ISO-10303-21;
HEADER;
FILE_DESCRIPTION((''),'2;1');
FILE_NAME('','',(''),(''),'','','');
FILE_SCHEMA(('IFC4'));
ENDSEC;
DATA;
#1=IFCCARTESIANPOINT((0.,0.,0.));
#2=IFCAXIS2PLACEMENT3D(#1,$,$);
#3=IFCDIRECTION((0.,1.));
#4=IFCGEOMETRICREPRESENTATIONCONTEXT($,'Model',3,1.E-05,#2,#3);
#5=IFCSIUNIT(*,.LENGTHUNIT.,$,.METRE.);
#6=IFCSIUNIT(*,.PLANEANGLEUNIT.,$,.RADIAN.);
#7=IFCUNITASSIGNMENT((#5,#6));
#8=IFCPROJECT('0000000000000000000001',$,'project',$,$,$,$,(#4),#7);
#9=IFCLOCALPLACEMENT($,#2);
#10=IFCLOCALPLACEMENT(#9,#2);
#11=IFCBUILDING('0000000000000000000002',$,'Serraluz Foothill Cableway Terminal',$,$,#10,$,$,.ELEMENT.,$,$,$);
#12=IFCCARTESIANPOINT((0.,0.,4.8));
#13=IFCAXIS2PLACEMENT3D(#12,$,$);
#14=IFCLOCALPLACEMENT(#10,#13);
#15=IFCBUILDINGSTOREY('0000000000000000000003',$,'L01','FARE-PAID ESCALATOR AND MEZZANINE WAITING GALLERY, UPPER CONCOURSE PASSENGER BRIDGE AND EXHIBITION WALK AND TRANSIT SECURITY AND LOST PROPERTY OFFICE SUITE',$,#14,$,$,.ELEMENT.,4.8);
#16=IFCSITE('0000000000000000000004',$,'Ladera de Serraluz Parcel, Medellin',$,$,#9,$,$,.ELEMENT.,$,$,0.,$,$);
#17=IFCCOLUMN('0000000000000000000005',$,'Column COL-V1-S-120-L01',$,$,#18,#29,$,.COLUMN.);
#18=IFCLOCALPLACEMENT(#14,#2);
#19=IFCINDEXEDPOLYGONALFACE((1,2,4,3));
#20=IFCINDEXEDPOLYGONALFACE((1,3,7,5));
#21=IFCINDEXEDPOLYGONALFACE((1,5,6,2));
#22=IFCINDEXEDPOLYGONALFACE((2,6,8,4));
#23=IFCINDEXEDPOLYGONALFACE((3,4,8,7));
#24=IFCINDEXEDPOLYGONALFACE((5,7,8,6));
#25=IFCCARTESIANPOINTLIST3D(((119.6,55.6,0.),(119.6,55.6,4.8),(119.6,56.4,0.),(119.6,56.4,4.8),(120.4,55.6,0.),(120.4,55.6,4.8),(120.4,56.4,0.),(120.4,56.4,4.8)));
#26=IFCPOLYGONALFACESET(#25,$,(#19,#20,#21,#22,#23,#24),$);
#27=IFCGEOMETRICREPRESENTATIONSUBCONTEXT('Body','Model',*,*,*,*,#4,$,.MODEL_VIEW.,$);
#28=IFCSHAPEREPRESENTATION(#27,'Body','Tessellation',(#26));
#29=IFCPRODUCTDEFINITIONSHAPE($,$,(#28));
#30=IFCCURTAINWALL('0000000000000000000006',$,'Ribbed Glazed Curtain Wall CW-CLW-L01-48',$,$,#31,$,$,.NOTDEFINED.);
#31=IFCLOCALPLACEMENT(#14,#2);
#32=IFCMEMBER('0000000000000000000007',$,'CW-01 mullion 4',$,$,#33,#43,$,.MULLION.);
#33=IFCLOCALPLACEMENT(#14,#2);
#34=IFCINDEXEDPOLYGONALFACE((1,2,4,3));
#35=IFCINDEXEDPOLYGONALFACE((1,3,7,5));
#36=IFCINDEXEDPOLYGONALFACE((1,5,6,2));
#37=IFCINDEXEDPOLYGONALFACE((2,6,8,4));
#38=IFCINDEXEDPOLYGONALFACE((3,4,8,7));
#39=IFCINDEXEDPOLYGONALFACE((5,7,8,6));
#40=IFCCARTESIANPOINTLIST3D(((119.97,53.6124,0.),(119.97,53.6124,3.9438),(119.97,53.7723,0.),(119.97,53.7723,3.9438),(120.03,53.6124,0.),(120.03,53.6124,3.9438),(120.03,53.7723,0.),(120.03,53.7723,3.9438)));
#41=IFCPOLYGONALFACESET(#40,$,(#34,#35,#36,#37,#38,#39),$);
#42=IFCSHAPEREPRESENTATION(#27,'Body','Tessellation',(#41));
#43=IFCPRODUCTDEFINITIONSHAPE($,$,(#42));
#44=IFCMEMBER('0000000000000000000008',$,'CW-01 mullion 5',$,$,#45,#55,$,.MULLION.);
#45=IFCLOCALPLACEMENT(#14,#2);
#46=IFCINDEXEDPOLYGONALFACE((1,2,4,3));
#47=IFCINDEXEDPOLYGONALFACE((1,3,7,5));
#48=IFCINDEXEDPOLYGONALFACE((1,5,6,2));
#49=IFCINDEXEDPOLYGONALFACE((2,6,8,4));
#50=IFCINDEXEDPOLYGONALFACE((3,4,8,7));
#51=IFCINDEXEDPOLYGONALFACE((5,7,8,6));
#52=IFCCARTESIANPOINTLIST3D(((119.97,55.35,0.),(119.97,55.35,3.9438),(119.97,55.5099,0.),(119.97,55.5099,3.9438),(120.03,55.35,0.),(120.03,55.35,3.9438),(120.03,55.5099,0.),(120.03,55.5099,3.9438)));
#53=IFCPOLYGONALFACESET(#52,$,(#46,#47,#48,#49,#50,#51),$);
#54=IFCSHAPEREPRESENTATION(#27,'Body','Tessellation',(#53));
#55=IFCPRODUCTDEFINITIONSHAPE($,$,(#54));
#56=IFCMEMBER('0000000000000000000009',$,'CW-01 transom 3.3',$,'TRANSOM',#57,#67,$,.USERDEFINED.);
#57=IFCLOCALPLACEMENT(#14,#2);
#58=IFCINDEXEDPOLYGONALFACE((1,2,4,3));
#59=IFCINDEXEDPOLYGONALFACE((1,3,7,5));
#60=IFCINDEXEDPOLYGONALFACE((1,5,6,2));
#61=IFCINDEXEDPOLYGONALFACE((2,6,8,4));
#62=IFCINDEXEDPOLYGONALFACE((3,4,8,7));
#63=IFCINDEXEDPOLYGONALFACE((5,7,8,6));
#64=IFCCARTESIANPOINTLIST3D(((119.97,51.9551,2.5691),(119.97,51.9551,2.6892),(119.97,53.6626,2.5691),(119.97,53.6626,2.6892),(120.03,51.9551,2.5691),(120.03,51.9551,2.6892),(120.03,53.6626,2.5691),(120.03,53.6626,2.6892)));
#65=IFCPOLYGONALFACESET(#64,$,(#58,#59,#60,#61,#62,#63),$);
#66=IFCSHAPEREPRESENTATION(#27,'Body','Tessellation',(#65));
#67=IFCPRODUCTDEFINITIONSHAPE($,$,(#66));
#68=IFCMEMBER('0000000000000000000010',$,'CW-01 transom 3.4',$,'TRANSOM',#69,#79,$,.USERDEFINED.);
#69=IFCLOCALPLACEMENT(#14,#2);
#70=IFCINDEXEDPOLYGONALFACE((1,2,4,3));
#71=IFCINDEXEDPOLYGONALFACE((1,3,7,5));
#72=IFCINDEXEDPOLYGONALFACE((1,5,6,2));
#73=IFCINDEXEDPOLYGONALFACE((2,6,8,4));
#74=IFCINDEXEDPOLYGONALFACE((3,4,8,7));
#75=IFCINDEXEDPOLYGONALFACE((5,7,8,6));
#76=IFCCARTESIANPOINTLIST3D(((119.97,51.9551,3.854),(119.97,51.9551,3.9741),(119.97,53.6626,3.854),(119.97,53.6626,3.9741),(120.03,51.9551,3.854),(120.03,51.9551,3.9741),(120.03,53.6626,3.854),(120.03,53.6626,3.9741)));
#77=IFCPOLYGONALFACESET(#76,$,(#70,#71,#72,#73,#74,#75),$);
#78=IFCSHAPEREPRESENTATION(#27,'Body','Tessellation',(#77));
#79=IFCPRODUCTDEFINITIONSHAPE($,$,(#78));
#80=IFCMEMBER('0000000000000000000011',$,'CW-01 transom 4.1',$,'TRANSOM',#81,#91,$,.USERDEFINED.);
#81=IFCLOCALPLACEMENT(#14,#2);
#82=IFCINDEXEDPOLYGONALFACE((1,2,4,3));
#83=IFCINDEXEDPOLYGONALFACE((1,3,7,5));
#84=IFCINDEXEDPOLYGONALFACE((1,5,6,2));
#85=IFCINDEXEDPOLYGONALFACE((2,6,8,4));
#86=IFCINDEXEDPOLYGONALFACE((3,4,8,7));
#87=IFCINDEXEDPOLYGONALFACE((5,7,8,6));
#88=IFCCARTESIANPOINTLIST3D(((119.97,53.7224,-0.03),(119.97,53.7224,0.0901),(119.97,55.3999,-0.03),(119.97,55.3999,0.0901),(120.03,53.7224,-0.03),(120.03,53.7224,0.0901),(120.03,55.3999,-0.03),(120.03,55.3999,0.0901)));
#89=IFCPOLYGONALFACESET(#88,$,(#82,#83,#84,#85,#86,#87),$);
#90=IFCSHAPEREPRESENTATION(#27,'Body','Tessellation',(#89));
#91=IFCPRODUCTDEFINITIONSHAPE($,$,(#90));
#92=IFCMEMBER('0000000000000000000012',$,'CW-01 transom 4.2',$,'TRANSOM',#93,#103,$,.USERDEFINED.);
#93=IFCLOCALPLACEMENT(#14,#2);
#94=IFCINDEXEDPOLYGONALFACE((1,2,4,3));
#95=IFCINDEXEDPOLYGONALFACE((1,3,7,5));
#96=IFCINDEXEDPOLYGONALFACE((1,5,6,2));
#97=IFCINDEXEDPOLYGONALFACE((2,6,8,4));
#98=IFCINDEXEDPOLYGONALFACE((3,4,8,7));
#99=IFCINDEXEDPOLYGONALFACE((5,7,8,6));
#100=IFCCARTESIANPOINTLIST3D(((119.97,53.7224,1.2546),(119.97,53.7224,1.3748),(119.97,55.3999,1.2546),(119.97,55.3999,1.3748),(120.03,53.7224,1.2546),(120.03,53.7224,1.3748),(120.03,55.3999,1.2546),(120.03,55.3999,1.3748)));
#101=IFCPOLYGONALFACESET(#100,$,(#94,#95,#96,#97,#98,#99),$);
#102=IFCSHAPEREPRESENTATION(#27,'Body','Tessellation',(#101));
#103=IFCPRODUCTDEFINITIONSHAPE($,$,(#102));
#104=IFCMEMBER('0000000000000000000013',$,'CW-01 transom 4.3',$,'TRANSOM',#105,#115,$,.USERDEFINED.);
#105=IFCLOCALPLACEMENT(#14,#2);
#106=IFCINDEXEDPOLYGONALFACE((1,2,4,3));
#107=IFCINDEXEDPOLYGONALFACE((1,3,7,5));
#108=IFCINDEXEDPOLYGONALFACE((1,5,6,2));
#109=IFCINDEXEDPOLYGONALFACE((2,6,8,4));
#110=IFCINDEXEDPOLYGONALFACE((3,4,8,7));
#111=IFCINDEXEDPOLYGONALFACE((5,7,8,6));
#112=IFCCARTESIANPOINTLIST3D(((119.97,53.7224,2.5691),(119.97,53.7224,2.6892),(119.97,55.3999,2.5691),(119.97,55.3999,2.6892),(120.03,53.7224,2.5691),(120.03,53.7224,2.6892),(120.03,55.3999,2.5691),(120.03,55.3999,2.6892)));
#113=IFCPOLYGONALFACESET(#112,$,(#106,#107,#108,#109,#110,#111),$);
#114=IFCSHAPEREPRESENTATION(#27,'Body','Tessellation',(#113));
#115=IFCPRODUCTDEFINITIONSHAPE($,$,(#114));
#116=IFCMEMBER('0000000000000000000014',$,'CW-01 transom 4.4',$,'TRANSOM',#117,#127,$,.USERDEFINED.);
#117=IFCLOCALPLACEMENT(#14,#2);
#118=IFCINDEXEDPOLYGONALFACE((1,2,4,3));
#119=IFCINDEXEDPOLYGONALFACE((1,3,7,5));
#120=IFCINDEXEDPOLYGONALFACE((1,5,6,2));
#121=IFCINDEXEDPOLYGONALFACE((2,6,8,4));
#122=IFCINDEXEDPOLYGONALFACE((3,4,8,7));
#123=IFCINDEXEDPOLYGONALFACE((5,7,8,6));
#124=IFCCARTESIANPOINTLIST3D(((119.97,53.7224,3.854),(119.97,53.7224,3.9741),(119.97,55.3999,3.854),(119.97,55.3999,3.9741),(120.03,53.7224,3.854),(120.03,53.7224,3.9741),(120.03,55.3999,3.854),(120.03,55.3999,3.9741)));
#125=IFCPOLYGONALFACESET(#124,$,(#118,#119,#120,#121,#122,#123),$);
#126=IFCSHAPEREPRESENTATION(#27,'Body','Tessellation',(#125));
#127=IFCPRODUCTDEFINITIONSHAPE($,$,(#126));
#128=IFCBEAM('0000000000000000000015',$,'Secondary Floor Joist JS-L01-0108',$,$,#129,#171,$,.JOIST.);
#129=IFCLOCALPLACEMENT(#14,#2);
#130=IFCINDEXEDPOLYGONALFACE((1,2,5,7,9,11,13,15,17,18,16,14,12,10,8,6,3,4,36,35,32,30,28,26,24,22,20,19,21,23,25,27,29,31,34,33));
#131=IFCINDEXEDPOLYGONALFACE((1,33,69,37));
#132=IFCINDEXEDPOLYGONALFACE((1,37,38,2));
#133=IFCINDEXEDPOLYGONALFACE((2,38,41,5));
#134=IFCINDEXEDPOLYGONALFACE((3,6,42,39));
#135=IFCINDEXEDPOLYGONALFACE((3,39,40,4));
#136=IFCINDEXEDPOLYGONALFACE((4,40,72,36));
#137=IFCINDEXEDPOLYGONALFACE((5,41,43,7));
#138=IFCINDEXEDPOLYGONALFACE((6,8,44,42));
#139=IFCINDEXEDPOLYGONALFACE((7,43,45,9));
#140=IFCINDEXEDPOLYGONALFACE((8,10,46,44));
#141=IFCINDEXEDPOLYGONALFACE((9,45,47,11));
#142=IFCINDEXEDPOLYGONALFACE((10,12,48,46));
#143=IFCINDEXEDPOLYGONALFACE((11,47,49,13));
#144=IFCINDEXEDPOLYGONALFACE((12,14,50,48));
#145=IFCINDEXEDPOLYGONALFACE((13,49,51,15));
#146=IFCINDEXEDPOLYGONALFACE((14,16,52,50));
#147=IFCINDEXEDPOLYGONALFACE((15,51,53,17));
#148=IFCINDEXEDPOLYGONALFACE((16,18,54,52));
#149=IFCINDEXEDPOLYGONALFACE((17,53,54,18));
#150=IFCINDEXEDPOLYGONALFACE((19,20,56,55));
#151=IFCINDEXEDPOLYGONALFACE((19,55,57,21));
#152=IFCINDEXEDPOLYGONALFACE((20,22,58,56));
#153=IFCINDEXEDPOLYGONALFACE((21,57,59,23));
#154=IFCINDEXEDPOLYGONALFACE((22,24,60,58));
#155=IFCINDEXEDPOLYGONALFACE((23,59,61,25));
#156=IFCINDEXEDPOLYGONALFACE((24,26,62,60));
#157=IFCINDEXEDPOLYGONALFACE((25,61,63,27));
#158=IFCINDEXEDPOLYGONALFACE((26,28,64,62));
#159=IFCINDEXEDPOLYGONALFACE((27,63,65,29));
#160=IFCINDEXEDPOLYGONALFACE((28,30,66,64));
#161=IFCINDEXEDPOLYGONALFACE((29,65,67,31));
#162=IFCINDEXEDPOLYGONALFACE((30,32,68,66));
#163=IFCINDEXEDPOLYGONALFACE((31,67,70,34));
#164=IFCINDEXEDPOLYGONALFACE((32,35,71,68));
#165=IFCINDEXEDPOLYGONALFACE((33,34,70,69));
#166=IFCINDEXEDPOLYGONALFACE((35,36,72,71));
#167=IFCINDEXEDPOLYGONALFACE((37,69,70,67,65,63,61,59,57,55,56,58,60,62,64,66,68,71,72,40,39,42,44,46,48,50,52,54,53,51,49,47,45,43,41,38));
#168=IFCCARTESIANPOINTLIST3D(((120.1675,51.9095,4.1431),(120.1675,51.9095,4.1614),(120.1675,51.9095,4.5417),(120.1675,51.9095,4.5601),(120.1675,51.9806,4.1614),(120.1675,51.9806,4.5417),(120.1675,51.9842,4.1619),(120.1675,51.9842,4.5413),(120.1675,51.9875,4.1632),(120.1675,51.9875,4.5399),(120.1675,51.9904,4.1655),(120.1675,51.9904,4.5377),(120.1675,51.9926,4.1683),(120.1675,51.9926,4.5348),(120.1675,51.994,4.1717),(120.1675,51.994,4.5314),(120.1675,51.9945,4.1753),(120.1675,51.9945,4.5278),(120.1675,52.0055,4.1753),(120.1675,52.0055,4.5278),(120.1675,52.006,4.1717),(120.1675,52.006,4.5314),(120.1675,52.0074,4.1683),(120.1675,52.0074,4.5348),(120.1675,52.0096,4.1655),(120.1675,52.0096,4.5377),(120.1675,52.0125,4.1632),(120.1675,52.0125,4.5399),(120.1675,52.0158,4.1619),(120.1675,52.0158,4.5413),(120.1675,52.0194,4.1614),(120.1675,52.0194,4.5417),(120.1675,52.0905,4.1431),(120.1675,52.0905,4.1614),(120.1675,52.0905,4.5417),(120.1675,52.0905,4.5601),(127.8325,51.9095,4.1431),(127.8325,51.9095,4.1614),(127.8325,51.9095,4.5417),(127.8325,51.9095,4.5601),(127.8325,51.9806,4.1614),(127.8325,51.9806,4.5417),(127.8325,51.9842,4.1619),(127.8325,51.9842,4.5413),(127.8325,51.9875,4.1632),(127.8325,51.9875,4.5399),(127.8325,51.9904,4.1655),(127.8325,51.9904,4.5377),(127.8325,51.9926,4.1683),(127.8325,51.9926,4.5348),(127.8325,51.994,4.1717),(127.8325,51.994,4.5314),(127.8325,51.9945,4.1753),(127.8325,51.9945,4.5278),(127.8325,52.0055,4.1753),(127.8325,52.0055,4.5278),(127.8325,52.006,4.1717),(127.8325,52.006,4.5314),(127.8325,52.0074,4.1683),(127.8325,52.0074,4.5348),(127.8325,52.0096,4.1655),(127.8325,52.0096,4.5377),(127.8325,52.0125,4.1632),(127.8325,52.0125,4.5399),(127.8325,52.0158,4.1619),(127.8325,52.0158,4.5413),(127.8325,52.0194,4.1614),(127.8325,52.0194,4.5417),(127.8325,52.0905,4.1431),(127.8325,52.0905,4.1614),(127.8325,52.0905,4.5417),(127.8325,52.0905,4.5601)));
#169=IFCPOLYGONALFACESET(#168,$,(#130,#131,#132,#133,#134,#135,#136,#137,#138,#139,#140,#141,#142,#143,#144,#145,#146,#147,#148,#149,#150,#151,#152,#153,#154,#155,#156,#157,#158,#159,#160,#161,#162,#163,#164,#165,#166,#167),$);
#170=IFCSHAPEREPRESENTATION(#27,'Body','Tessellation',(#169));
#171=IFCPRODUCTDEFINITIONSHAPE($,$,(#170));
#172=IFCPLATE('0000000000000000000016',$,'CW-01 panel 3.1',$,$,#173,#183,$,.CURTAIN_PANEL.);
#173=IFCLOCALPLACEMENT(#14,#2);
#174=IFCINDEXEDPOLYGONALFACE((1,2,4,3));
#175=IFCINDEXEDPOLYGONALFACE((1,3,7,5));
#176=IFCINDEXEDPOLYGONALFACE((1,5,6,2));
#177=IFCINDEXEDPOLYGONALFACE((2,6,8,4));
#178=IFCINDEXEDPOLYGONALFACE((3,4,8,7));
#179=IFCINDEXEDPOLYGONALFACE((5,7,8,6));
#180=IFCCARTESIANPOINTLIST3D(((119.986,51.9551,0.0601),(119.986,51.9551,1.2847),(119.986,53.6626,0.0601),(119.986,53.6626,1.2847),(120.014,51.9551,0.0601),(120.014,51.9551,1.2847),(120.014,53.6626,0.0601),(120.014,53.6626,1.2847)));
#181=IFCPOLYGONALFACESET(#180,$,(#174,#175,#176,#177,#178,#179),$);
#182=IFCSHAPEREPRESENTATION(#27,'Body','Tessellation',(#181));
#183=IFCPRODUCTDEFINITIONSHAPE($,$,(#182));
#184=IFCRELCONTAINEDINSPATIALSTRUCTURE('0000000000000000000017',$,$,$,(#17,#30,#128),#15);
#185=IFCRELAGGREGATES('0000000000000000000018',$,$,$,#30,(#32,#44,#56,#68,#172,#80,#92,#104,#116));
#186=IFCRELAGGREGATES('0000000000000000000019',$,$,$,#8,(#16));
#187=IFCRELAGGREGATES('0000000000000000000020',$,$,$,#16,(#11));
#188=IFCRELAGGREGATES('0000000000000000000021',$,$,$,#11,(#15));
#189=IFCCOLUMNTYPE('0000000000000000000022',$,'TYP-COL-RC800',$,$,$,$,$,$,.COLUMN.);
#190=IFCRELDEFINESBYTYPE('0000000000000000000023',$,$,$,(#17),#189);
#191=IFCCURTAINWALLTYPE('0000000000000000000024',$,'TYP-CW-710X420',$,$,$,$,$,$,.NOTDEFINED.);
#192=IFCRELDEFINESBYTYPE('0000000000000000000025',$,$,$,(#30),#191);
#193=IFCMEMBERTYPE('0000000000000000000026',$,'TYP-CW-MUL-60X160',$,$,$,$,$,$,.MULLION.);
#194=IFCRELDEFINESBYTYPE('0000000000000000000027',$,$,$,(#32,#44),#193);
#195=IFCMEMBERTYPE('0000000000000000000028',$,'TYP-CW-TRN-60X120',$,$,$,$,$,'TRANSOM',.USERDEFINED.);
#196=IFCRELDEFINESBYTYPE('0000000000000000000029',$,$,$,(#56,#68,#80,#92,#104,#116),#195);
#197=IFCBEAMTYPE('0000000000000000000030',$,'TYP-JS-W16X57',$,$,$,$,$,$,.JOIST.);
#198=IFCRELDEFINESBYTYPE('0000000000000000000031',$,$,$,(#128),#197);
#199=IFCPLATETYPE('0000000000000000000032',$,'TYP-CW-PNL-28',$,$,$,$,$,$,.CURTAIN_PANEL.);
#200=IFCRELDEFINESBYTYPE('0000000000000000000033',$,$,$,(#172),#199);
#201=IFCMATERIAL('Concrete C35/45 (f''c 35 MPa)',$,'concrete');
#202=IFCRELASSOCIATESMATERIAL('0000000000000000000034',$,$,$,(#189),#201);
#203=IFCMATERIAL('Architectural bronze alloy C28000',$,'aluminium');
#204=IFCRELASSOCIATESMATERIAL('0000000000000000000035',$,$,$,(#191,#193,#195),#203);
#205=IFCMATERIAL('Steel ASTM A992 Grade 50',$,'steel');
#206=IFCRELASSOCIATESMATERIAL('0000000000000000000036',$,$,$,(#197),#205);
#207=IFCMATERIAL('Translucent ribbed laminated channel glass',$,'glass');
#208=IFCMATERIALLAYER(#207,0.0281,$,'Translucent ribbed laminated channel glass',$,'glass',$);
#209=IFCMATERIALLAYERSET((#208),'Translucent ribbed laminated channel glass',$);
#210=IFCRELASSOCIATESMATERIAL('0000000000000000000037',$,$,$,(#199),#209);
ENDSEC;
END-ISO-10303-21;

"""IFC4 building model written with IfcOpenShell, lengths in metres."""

from ifc_helpers import new_model, si_unit, direction, frame, origin, origin_2d, place, context, subcontext, project, spatial, rectangle, i_section, extrude, material, layer, layer_set, material_profile, profile_set, type_object, element, aggregate, save


model = new_model("IFC4")

# Units and contexts
model_context = context("Model", 3, precision=1e-05, world=origin(), true_north=direction((0.0, 1.0)))
body_context = subcontext(model_context, "Body", "Model", "MODEL_VIEW")
ifc_project = project(units=[si_unit("LENGTHUNIT", "METRE"), si_unit("PLANEANGLEUNIT", "RADIAN")], contexts=[model_context])

# Site, building, storey
site_placement = place(None, origin())
site = spatial("IfcSite", under=ifc_project, at=site_placement, Name="Ladera de Serraluz Parcel, Medellin", CompositionType="ELEMENT", RefElevation=0.0)
building_placement = place(site_placement, origin())
building = spatial("IfcBuilding", under=site, at=building_placement, Name="Serraluz Foothill Cableway Terminal", CompositionType="ELEMENT")
storey_placement = place(building_placement, frame((0.0, 0.0, 4.8)))
storey = spatial("IfcBuildingStorey", under=building, at=storey_placement, Name="L01", Description="FARE-PAID ESCALATOR AND MEZZANINE WAITING GALLERY, UPPER CONCOURSE PASSENGER BRIDGE AND EXHIBITION WALK AND TRANSIT SECURITY AND LOST PROPERTY OFFICE SUITE", CompositionType="ELEMENT", Elevation=4.8)

# Column
ifc_material_1 = material(Name="Concrete C35/45 (f'c 35 MPa)", Category="concrete")
ifc_material_profile_1 = material_profile(ifc_material_1, rectangle(XDim=0.8, YDim=0.8, at=origin_2d()), Name="RC 800x800")
ifc_profile_set_1 = profile_set([ifc_material_profile_1], Name="Concrete C35/45 (f'c 35 MPa)")
column_type = type_object("IfcColumnType", Name="TYP-COL-RC800", PredefinedType="COLUMN", material=ifc_profile_set_1)
column_placement = place(storey_placement, frame((120.0, 56.0, 0.0), z_axis=(0.0, 0.0, 1.0), x_axis=(1.0, 0.0, 0.0)))
element("IfcColumn", 1, at=column_placement, inside=storey, type_object=column_type, Name="Column COL-V1-S-120-L01", PredefinedType="COLUMN", context=body_context, shape_type="SweptSolid", body=[
    extrude(rectangle(XDim=0.8, YDim=0.8, at=origin_2d()), origin(), (0.0, 0.0, 1.0), 4.8),
])

# Curtain wall, members
ifc_material_2 = material(Name="Architectural bronze alloy C28000", Category="aluminium")
curtain_wall_type = type_object("IfcCurtainWallType", Name="TYP-CW-710X420", PredefinedType="NOTDEFINED", material=ifc_material_2)
curtain_wall_placement = place(storey_placement, origin())
curtain_wall = element("IfcCurtainWall", 2, at=curtain_wall_placement, inside=storey, type_object=curtain_wall_type, Name="Ribbed Glazed Curtain Wall CW-CLW-L01-48", PredefinedType="NOTDEFINED")
ifc_material_profile_2 = material_profile(ifc_material_2, rectangle(XDim=0.0601, YDim=0.1599, at=origin_2d()), Name="ALU MULLION 60x160")
ifc_profile_set_2 = profile_set([ifc_material_profile_2], Name="Architectural bronze alloy C28000")
member_type_1 = type_object("IfcMemberType", Name="TYP-CW-MUL-60X160", PredefinedType="MULLION", material=ifc_profile_set_2)
member_1_placement = place(storey_placement, frame((120.0, 53.6924, 0.0), z_axis=(0.0, 0.0, 1.0), x_axis=(-1.0, 0.0, 0.0)))
member_1 = element("IfcMember", 3, at=member_1_placement, type_object=member_type_1, Name="CW-01 mullion 4", PredefinedType="MULLION", context=body_context, shape_type="SweptSolid", body=[
    extrude(rectangle(XDim=0.0601, YDim=0.1599, at=origin_2d()), origin(), (0.0, 0.0, 1.0), 3.9438),
])
member_2_placement = place(storey_placement, frame((120.0, 55.4299, 0.0), z_axis=(0.0, 0.0, 1.0), x_axis=(-1.0, 0.0, 0.0)))
member_2 = element("IfcMember", 4, at=member_2_placement, type_object=member_type_1, Name="CW-01 mullion 5", PredefinedType="MULLION", context=body_context, shape_type="SweptSolid", body=[
    extrude(rectangle(XDim=0.0601, YDim=0.1599, at=origin_2d()), origin(), (0.0, 0.0, 1.0), 3.9438),
])
ifc_material_profile_3 = material_profile(ifc_material_2, rectangle(XDim=0.0601, YDim=0.1201, at=origin_2d()), Name="ALU TRANSOM 60x120")
ifc_profile_set_3 = profile_set([ifc_material_profile_3], Name="Architectural bronze alloy C28000")
member_type_2 = type_object("IfcMemberType", Name="TYP-CW-TRN-60X120", ElementType="TRANSOM", PredefinedType="USERDEFINED", material=ifc_profile_set_3)
member_3_placement = place(storey_placement, frame((120.0, 51.9551, 2.6292), z_axis=(0.0, 1.0, 0.0), x_axis=(-1.0, 0.0, 0.0)))
member_3 = element("IfcMember", 5, at=member_3_placement, type_object=member_type_2, Name="CW-01 transom 3.3", ObjectType="TRANSOM", PredefinedType="USERDEFINED", context=body_context, shape_type="SweptSolid", body=[
    extrude(rectangle(XDim=0.0601, YDim=0.1201, at=origin_2d()), origin(), (0.0, 0.0, 1.0), 1.7075),
])
member_4_placement = place(storey_placement, frame((120.0, 51.9551, 3.9141), z_axis=(0.0, 1.0, 0.0), x_axis=(-1.0, 0.0, 0.0)))
member_4 = element("IfcMember", 6, at=member_4_placement, type_object=member_type_2, Name="CW-01 transom 3.4", ObjectType="TRANSOM", PredefinedType="USERDEFINED", context=body_context, shape_type="SweptSolid", body=[
    extrude(rectangle(XDim=0.0601, YDim=0.1201, at=origin_2d()), origin(), (0.0, 0.0, 1.0), 1.7075),
])
member_5_placement = place(storey_placement, frame((120.0, 53.7224, 0.03), z_axis=(0.0, 1.0, 0.0), x_axis=(-1.0, 0.0, 0.0)))
member_5 = element("IfcMember", 7, at=member_5_placement, type_object=member_type_2, Name="CW-01 transom 4.1", ObjectType="TRANSOM", PredefinedType="USERDEFINED", context=body_context, shape_type="SweptSolid", body=[
    extrude(rectangle(XDim=0.0601, YDim=0.1201, at=origin_2d()), origin(), (0.0, 0.0, 1.0), 1.6775),
])
member_6_placement = place(storey_placement, frame((120.0, 53.7224, 1.3147), z_axis=(0.0, 1.0, 0.0), x_axis=(-1.0, 0.0, 0.0)))
member_6 = element("IfcMember", 8, at=member_6_placement, type_object=member_type_2, Name="CW-01 transom 4.2", ObjectType="TRANSOM", PredefinedType="USERDEFINED", context=body_context, shape_type="SweptSolid", body=[
    extrude(rectangle(XDim=0.0601, YDim=0.1201, at=origin_2d()), origin(), (0.0, 0.0, 1.0), 1.6775),
])
member_7_placement = place(storey_placement, frame((120.0, 53.7224, 2.6292), z_axis=(0.0, 1.0, 0.0), x_axis=(-1.0, 0.0, 0.0)))
member_7 = element("IfcMember", 9, at=member_7_placement, type_object=member_type_2, Name="CW-01 transom 4.3", ObjectType="TRANSOM", PredefinedType="USERDEFINED", context=body_context, shape_type="SweptSolid", body=[
    extrude(rectangle(XDim=0.0601, YDim=0.1201, at=origin_2d()), origin(), (0.0, 0.0, 1.0), 1.6775),
])
member_8_placement = place(storey_placement, frame((120.0, 53.7224, 3.9141), z_axis=(0.0, 1.0, 0.0), x_axis=(-1.0, 0.0, 0.0)))
member_8 = element("IfcMember", 10, at=member_8_placement, type_object=member_type_2, Name="CW-01 transom 4.4", ObjectType="TRANSOM", PredefinedType="USERDEFINED", context=body_context, shape_type="SweptSolid", body=[
    extrude(rectangle(XDim=0.0601, YDim=0.1201, at=origin_2d()), origin(), (0.0, 0.0, 1.0), 1.6775),
])

# Beam
ifc_material_3 = material(Name="Steel ASTM A992 Grade 50", Category="steel")
ifc_material_profile_4 = material_profile(ifc_material_3, i_section(OverallWidth=0.1809, OverallDepth=0.417, WebThickness=0.011, FlangeThickness=0.0183, FilletRadius=0.0139, at=origin_2d()), Name="W16X57")
ifc_profile_set_4 = profile_set([ifc_material_profile_4], Name="Steel ASTM A992 Grade 50")
beam_type = type_object("IfcBeamType", Name="TYP-JS-W16X57", PredefinedType="JOIST", material=ifc_profile_set_4)
beam_placement = place(storey_placement, frame((120.1675, 52.0, 4.3516), z_axis=(1.0, 0.0, 0.0), x_axis=(0.0, 1.0, 0.0)))
element("IfcBeam", 11, at=beam_placement, inside=storey, type_object=beam_type, Name="Secondary Floor Joist JS-L01-0108", PredefinedType="JOIST", context=body_context, shape_type="SweptSolid", body=[
    extrude(i_section(OverallWidth=0.1809, OverallDepth=0.417, WebThickness=0.011, FlangeThickness=0.0183, FilletRadius=0.0139, at=origin_2d()), origin(), (0.0, 0.0, 1.0), 7.665),
])

# Plate
ifc_material_4 = material(Name="Translucent ribbed laminated channel glass", Category="glass")
ifc_layer = layer(ifc_material_4, 0.0281, Name="Translucent ribbed laminated channel glass", Category="glass")
ifc_layer_set = layer_set([ifc_layer], Name="Translucent ribbed laminated channel glass")
plate_type = type_object("IfcPlateType", Name="TYP-CW-PNL-28", PredefinedType="CURTAIN_PANEL", material=ifc_layer_set)
plate_1_placement = place(storey_placement, frame((120.0, 52.8088, 0.0601), z_axis=(0.0, 0.0, 1.0), x_axis=(0.0, 1.0, 0.0)))
plate_1 = element("IfcPlate", 12, at=plate_1_placement, type_object=plate_type, Name="CW-01 panel 3.1", PredefinedType="CURTAIN_PANEL", context=body_context, shape_type="SweptSolid", body=[
    extrude(rectangle(XDim=1.7075, YDim=0.0281, at=origin_2d()), origin(), (0.0, 0.0, 1.0), 1.2246),
])
aggregate(curtain_wall, [member_1, member_2, member_3, member_4, plate_1, member_5, member_6, member_7, member_8])

save(model, "model.ifc")
